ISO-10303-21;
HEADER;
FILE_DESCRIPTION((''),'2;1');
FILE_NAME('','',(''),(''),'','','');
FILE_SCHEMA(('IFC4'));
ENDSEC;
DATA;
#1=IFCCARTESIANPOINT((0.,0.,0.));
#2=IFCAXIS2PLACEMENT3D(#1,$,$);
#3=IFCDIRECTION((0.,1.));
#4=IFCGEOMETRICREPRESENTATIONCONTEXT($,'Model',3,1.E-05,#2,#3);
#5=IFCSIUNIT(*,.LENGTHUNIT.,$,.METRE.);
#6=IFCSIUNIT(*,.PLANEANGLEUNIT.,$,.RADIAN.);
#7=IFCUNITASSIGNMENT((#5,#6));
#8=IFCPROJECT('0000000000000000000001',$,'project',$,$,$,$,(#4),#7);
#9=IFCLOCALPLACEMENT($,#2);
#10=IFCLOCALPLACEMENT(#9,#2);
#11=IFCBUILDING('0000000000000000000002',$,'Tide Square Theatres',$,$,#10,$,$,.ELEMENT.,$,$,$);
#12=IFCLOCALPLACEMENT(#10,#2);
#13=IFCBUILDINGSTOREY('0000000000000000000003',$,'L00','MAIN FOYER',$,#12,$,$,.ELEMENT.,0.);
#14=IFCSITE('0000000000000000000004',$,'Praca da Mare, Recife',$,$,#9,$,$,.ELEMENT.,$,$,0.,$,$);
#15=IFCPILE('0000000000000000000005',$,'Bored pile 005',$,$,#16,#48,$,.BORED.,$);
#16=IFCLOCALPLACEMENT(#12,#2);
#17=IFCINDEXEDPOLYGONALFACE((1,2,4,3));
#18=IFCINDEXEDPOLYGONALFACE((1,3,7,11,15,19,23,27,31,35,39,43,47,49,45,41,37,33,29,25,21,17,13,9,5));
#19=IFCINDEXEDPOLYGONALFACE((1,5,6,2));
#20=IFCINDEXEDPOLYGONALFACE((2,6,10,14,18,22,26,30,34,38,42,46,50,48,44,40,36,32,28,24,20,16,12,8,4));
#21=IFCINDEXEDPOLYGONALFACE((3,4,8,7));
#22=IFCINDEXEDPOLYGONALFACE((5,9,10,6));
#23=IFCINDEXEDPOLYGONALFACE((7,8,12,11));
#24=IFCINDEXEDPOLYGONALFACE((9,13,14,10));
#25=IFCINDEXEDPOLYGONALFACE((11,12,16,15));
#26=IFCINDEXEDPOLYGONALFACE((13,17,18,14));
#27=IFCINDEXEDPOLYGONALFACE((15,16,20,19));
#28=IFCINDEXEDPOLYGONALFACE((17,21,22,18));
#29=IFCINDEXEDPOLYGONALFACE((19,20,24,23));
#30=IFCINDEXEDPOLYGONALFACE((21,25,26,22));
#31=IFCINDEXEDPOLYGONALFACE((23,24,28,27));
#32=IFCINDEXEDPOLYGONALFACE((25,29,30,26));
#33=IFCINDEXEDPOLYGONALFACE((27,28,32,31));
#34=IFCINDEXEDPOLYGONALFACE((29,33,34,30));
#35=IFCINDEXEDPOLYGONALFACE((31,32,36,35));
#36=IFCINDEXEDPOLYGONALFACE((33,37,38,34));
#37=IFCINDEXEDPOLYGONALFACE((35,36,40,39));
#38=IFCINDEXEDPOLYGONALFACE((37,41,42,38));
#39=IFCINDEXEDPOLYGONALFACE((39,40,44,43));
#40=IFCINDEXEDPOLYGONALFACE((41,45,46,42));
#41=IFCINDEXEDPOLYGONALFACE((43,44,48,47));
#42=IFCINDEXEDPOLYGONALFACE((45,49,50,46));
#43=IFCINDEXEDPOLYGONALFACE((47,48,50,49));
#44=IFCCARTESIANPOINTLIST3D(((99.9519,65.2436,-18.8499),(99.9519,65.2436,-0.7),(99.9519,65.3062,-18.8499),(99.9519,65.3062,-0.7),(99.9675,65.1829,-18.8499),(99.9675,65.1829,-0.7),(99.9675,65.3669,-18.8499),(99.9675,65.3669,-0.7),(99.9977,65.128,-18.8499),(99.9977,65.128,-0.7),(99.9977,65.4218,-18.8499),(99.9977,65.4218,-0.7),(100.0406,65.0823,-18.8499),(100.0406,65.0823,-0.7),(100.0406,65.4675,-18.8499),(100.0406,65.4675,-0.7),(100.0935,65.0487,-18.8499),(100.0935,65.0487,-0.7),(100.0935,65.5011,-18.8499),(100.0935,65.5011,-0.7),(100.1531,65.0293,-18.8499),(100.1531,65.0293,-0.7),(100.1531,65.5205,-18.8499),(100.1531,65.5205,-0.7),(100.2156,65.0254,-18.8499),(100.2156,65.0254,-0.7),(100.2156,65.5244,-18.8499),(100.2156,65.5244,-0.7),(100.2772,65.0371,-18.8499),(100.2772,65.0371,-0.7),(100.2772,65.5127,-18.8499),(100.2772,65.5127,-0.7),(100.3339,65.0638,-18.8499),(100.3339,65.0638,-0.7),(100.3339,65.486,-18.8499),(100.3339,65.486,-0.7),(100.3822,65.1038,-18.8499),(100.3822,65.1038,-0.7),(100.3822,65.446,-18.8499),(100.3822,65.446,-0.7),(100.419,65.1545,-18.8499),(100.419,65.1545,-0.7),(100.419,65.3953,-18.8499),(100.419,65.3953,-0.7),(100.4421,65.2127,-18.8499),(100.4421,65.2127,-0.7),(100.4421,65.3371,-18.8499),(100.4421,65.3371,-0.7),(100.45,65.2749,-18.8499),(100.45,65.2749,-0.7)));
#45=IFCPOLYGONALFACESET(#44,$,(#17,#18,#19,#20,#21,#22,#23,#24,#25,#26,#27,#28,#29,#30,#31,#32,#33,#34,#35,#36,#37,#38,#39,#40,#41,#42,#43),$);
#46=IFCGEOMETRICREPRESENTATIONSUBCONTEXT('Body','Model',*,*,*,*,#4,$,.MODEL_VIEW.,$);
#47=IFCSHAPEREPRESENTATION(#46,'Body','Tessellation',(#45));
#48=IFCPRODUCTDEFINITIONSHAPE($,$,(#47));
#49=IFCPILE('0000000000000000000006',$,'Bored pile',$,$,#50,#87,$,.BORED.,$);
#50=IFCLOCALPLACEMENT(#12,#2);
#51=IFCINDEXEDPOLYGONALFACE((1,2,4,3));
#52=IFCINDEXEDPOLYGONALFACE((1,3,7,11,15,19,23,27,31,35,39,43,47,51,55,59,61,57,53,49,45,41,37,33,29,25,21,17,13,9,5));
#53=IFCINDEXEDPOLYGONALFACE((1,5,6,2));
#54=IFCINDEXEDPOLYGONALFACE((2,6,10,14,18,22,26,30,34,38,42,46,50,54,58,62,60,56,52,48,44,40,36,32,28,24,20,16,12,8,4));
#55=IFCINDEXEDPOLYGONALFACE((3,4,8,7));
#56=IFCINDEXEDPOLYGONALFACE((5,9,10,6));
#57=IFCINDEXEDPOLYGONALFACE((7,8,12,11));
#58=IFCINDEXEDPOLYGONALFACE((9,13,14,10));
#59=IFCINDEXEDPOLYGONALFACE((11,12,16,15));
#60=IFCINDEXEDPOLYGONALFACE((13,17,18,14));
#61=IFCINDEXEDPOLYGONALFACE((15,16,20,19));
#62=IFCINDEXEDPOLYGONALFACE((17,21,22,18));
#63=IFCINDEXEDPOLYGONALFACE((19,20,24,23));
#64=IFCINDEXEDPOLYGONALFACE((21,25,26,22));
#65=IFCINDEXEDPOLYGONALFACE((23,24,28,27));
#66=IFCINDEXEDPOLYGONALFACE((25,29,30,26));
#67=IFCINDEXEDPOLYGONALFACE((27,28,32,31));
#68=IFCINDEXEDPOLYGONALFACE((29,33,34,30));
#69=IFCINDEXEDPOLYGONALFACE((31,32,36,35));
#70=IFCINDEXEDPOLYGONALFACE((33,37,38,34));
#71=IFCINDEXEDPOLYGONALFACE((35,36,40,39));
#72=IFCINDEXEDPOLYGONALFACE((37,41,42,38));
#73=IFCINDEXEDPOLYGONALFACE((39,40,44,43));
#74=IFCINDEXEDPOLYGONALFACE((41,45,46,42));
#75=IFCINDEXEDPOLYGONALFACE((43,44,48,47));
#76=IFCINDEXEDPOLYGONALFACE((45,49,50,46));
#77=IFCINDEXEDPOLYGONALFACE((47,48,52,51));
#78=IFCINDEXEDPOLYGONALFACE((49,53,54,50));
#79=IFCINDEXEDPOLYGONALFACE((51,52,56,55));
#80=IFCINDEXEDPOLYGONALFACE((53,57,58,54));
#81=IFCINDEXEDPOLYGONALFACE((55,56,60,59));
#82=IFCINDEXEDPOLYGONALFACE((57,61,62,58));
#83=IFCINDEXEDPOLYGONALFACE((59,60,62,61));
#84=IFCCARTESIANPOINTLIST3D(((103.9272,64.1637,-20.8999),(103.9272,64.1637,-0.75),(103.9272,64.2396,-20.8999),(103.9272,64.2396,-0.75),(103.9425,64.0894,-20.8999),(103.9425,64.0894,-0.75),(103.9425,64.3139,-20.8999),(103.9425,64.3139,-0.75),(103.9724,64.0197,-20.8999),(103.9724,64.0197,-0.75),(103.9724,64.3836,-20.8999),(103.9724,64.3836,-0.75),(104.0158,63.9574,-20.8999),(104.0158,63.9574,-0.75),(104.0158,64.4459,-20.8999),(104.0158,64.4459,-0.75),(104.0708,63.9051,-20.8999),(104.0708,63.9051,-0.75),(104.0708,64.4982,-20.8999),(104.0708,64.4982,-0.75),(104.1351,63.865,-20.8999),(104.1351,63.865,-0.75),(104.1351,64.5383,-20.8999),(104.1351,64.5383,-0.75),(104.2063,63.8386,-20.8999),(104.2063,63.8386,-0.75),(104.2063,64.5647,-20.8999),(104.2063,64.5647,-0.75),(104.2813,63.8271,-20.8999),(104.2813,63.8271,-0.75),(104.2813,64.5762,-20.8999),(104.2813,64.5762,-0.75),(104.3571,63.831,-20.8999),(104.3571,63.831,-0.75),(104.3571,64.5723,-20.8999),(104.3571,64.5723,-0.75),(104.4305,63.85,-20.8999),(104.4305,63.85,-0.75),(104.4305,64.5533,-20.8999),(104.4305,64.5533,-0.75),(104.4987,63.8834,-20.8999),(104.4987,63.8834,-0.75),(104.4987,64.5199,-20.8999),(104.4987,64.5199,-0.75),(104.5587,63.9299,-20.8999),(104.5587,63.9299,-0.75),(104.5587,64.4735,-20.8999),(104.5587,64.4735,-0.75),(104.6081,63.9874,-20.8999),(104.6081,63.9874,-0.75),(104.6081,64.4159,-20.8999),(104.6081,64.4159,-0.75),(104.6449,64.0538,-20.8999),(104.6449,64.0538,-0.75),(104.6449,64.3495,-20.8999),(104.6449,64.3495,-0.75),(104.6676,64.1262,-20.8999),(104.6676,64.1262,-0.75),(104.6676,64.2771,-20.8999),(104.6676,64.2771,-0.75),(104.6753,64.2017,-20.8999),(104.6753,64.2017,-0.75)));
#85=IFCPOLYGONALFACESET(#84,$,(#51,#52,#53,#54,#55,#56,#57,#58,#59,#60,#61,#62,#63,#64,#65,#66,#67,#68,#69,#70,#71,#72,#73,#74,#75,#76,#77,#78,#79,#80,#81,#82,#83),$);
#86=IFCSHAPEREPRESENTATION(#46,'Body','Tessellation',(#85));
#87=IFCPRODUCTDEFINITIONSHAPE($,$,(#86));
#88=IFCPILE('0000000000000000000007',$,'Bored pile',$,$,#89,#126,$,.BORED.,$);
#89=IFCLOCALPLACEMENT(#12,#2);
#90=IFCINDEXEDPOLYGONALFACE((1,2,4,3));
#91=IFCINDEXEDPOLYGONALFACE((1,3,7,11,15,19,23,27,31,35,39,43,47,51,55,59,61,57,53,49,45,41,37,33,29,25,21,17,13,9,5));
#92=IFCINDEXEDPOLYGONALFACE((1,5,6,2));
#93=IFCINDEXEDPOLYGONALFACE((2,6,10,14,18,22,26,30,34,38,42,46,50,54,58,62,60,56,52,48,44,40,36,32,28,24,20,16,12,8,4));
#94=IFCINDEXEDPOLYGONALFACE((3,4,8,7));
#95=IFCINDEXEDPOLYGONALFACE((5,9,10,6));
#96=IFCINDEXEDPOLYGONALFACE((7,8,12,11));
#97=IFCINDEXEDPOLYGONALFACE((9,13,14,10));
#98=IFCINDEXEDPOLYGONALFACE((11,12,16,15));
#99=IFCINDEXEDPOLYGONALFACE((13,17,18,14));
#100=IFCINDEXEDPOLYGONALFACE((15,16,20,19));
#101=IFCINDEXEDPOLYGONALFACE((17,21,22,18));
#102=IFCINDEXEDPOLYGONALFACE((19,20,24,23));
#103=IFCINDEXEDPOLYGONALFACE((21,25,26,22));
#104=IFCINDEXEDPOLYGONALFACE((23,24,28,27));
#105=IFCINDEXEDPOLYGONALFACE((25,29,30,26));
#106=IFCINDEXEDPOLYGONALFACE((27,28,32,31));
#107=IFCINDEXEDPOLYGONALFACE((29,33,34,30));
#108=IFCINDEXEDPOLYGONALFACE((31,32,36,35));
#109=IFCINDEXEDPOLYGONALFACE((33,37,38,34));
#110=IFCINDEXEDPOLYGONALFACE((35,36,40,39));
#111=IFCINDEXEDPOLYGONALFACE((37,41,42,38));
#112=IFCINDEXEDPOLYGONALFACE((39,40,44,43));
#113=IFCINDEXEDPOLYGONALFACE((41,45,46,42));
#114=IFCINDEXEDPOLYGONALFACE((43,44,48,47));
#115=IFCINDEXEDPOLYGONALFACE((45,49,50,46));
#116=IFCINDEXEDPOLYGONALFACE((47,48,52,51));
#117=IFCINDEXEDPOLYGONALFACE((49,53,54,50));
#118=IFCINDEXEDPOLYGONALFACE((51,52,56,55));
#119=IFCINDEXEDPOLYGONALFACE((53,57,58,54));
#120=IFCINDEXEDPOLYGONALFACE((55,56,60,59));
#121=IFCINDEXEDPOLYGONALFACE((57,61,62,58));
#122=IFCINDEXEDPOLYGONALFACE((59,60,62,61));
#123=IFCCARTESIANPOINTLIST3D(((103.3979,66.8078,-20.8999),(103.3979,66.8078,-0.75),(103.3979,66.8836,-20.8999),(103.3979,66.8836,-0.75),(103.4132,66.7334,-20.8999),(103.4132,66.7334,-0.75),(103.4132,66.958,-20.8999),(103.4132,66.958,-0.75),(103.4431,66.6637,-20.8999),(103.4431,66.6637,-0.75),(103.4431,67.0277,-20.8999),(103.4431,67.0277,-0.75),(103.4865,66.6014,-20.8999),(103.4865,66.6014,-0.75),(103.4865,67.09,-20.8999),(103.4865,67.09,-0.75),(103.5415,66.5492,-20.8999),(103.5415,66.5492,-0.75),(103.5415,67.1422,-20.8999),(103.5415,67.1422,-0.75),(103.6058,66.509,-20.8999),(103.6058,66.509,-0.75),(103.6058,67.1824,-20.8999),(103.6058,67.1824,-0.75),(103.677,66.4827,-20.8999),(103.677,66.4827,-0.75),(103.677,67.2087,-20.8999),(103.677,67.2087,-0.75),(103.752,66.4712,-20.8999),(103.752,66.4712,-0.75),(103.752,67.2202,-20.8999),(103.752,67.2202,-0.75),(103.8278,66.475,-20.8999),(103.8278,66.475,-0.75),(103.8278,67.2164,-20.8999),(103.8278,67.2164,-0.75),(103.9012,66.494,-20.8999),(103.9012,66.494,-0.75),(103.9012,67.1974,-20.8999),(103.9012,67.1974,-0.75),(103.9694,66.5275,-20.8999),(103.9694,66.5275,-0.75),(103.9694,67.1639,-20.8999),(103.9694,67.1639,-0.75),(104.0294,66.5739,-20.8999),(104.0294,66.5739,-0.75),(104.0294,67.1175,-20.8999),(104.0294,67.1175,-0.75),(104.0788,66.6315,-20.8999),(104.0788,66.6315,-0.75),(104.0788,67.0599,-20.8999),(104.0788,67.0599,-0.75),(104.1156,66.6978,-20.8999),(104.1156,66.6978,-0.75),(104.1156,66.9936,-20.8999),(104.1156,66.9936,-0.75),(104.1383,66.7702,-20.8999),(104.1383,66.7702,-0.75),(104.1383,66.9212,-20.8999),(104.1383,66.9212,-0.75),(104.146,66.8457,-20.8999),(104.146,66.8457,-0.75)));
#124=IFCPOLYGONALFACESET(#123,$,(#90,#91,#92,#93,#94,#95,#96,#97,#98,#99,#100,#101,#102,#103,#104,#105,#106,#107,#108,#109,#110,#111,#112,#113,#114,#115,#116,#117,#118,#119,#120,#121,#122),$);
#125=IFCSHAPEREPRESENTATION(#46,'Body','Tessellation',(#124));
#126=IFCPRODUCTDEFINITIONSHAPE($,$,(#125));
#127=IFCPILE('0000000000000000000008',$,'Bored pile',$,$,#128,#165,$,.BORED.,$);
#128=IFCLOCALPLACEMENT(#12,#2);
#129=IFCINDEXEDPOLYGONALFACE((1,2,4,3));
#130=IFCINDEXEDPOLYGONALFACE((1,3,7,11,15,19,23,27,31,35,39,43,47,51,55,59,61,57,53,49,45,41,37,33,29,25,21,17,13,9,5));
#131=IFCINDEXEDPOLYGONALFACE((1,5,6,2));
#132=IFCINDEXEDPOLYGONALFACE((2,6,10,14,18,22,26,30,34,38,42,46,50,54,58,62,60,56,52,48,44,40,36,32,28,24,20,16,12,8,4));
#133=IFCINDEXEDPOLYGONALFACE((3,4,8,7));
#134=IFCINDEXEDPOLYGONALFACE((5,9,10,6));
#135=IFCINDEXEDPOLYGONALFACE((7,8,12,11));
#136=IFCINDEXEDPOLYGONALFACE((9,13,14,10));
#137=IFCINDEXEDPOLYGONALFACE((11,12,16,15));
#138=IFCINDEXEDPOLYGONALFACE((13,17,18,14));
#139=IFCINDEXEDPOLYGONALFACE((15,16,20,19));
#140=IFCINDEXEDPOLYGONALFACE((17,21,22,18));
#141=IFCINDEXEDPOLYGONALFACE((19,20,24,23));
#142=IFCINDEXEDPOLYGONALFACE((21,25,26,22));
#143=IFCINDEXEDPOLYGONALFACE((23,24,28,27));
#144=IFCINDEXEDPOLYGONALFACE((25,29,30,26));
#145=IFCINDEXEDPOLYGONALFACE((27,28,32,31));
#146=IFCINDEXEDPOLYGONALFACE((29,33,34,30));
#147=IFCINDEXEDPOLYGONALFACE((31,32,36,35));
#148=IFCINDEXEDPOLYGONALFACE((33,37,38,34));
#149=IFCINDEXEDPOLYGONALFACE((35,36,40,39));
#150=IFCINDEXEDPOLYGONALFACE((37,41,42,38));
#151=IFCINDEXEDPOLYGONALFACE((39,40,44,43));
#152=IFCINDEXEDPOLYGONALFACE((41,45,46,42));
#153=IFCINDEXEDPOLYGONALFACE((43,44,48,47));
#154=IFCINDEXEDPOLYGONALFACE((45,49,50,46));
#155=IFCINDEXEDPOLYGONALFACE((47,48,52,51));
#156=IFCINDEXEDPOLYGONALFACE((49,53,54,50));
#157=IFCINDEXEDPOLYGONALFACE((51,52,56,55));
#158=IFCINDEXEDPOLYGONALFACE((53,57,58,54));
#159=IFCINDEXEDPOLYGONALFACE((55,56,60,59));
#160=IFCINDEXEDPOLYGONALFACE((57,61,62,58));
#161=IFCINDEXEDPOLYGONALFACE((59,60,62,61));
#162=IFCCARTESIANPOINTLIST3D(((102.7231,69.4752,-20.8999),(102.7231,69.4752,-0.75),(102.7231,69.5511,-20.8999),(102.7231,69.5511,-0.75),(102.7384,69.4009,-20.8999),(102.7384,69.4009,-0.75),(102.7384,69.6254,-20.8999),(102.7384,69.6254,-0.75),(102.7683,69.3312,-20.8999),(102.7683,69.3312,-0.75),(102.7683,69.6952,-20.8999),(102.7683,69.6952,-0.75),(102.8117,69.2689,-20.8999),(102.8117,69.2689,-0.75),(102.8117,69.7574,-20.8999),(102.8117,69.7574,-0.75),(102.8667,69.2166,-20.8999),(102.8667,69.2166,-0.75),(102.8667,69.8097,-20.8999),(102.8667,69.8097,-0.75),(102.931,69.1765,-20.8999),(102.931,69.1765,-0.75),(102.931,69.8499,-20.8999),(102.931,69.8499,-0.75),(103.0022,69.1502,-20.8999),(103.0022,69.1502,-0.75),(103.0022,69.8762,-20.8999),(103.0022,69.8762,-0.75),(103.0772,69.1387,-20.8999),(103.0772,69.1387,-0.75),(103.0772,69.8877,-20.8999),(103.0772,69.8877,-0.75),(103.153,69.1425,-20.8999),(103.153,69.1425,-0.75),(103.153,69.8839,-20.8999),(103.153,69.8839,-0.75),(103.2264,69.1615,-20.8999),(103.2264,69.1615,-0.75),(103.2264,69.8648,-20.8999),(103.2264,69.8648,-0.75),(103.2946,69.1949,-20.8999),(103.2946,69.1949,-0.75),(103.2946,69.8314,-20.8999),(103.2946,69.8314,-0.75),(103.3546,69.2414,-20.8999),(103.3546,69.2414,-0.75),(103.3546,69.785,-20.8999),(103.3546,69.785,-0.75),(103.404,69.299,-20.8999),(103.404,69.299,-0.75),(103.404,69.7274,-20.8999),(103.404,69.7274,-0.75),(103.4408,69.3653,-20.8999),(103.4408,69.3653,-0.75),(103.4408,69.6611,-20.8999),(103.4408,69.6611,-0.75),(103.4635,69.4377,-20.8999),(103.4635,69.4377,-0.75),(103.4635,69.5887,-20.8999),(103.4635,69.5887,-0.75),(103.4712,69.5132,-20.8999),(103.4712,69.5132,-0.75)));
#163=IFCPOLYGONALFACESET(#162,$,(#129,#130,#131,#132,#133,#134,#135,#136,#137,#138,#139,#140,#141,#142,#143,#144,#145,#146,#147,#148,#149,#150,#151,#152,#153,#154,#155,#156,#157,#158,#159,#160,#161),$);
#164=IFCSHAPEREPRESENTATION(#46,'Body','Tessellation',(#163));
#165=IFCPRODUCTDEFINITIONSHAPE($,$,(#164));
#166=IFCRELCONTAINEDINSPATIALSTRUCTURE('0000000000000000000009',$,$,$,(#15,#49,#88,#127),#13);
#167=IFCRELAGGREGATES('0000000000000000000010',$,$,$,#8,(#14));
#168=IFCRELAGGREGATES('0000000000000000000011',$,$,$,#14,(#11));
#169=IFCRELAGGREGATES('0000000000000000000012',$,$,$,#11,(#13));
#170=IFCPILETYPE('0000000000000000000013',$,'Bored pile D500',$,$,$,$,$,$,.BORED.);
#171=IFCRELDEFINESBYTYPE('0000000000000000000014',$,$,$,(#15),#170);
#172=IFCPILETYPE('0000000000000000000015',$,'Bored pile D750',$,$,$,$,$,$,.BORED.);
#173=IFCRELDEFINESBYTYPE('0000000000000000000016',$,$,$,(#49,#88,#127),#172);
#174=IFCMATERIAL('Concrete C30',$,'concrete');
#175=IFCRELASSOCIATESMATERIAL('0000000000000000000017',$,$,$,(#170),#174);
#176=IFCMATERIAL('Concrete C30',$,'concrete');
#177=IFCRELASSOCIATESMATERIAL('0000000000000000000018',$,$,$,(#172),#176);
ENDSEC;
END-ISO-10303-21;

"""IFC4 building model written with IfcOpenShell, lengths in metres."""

from ifc_helpers import new_model, si_unit, direction, frame, origin, origin_2d, place, context, subcontext, project, spatial, circle, extrude, material, material_profile, profile_set, type_object, element, save


model = new_model("IFC4")

# Units and contexts
model_context = context("Model", 3, precision=1e-05, world=origin(), true_north=direction((0.0, 1.0)))
body_context = subcontext(model_context, "Body", "Model", "MODEL_VIEW")
ifc_project = project(units=[si_unit("LENGTHUNIT", "METRE"), si_unit("PLANEANGLEUNIT", "RADIAN")], contexts=[model_context])

# Site, building, storey
site_placement = place(None, origin())
site = spatial("IfcSite", under=ifc_project, at=site_placement, Name="Praca da Mare, Recife", CompositionType="ELEMENT", RefElevation=0.0)
building_placement = place(site_placement, origin())
building = spatial("IfcBuilding", under=site, at=building_placement, Name="Tide Square Theatres", CompositionType="ELEMENT")
storey_placement = place(building_placement, origin())
storey = spatial("IfcBuildingStorey", under=building, at=storey_placement, Name="L00", Description="MAIN FOYER", CompositionType="ELEMENT", Elevation=0.0)

# Piles
ifc_material_1 = material(Name="Concrete C30", Category="concrete")
ifc_material_profile_1 = material_profile(ifc_material_1, circle(Radius=0.25, at=origin_2d()))
ifc_profile_set_1 = profile_set([ifc_material_profile_1], Name="Concrete C30")
pile_type_1 = type_object("IfcPileType", Name="Bored pile D500", PredefinedType="BORED", material=ifc_profile_set_1)
pile_placement = place(storey_placement, frame((100.2, 65.2749, -0.7), z_axis=(0.0, 0.0, -1.0), x_axis=(1.0, 0.0, 0.0)))
element("IfcPile", 1, at=pile_placement, inside=storey, type_object=pile_type_1, Name="Bored pile 005", PredefinedType="BORED", context=body_context, shape_type="SweptSolid", body=[
    extrude(circle(Radius=0.25, at=origin_2d()), origin(), (0.0, 0.0, 1.0), 18.1499),
])
ifc_material_2 = material(Name="Concrete C30", Category="concrete")
ifc_material_profile_2 = material_profile(ifc_material_2, circle(Radius=0.375, at=origin_2d()))
ifc_profile_set_2 = profile_set([ifc_material_profile_2], Name="Concrete C30")
pile_type_2 = type_object("IfcPileType", Name="Bored pile D750", PredefinedType="BORED", material=ifc_profile_set_2)
for number, where, z_axis, x_axis, name in (
    (2, (104.3003, 64.2017, -0.75), (0.0, 0.0, -1.0), (1.0, 0.0, 0.0), "Bored pile"),
    (3, (103.771, 66.8457, -0.75), (0.0, 0.0, -1.0), (1.0, 0.0, 0.0), "Bored pile"),
    (4, (103.0962, 69.5132, -0.75), (0.0, 0.0, -1.0), (1.0, 0.0, 0.0), "Bored pile"),
):
    element("IfcPile", number, at=place(storey_placement, frame(where, z_axis=z_axis, x_axis=x_axis)), inside=storey, type_object=pile_type_2, Name=name, PredefinedType="BORED", context=body_context, shape_type="SweptSolid", body=[
        extrude(circle(Radius=0.375, at=origin_2d()), origin(), (0.0, 0.0, 1.0), 20.1499),
    ])

save(model, "model.ifc")
